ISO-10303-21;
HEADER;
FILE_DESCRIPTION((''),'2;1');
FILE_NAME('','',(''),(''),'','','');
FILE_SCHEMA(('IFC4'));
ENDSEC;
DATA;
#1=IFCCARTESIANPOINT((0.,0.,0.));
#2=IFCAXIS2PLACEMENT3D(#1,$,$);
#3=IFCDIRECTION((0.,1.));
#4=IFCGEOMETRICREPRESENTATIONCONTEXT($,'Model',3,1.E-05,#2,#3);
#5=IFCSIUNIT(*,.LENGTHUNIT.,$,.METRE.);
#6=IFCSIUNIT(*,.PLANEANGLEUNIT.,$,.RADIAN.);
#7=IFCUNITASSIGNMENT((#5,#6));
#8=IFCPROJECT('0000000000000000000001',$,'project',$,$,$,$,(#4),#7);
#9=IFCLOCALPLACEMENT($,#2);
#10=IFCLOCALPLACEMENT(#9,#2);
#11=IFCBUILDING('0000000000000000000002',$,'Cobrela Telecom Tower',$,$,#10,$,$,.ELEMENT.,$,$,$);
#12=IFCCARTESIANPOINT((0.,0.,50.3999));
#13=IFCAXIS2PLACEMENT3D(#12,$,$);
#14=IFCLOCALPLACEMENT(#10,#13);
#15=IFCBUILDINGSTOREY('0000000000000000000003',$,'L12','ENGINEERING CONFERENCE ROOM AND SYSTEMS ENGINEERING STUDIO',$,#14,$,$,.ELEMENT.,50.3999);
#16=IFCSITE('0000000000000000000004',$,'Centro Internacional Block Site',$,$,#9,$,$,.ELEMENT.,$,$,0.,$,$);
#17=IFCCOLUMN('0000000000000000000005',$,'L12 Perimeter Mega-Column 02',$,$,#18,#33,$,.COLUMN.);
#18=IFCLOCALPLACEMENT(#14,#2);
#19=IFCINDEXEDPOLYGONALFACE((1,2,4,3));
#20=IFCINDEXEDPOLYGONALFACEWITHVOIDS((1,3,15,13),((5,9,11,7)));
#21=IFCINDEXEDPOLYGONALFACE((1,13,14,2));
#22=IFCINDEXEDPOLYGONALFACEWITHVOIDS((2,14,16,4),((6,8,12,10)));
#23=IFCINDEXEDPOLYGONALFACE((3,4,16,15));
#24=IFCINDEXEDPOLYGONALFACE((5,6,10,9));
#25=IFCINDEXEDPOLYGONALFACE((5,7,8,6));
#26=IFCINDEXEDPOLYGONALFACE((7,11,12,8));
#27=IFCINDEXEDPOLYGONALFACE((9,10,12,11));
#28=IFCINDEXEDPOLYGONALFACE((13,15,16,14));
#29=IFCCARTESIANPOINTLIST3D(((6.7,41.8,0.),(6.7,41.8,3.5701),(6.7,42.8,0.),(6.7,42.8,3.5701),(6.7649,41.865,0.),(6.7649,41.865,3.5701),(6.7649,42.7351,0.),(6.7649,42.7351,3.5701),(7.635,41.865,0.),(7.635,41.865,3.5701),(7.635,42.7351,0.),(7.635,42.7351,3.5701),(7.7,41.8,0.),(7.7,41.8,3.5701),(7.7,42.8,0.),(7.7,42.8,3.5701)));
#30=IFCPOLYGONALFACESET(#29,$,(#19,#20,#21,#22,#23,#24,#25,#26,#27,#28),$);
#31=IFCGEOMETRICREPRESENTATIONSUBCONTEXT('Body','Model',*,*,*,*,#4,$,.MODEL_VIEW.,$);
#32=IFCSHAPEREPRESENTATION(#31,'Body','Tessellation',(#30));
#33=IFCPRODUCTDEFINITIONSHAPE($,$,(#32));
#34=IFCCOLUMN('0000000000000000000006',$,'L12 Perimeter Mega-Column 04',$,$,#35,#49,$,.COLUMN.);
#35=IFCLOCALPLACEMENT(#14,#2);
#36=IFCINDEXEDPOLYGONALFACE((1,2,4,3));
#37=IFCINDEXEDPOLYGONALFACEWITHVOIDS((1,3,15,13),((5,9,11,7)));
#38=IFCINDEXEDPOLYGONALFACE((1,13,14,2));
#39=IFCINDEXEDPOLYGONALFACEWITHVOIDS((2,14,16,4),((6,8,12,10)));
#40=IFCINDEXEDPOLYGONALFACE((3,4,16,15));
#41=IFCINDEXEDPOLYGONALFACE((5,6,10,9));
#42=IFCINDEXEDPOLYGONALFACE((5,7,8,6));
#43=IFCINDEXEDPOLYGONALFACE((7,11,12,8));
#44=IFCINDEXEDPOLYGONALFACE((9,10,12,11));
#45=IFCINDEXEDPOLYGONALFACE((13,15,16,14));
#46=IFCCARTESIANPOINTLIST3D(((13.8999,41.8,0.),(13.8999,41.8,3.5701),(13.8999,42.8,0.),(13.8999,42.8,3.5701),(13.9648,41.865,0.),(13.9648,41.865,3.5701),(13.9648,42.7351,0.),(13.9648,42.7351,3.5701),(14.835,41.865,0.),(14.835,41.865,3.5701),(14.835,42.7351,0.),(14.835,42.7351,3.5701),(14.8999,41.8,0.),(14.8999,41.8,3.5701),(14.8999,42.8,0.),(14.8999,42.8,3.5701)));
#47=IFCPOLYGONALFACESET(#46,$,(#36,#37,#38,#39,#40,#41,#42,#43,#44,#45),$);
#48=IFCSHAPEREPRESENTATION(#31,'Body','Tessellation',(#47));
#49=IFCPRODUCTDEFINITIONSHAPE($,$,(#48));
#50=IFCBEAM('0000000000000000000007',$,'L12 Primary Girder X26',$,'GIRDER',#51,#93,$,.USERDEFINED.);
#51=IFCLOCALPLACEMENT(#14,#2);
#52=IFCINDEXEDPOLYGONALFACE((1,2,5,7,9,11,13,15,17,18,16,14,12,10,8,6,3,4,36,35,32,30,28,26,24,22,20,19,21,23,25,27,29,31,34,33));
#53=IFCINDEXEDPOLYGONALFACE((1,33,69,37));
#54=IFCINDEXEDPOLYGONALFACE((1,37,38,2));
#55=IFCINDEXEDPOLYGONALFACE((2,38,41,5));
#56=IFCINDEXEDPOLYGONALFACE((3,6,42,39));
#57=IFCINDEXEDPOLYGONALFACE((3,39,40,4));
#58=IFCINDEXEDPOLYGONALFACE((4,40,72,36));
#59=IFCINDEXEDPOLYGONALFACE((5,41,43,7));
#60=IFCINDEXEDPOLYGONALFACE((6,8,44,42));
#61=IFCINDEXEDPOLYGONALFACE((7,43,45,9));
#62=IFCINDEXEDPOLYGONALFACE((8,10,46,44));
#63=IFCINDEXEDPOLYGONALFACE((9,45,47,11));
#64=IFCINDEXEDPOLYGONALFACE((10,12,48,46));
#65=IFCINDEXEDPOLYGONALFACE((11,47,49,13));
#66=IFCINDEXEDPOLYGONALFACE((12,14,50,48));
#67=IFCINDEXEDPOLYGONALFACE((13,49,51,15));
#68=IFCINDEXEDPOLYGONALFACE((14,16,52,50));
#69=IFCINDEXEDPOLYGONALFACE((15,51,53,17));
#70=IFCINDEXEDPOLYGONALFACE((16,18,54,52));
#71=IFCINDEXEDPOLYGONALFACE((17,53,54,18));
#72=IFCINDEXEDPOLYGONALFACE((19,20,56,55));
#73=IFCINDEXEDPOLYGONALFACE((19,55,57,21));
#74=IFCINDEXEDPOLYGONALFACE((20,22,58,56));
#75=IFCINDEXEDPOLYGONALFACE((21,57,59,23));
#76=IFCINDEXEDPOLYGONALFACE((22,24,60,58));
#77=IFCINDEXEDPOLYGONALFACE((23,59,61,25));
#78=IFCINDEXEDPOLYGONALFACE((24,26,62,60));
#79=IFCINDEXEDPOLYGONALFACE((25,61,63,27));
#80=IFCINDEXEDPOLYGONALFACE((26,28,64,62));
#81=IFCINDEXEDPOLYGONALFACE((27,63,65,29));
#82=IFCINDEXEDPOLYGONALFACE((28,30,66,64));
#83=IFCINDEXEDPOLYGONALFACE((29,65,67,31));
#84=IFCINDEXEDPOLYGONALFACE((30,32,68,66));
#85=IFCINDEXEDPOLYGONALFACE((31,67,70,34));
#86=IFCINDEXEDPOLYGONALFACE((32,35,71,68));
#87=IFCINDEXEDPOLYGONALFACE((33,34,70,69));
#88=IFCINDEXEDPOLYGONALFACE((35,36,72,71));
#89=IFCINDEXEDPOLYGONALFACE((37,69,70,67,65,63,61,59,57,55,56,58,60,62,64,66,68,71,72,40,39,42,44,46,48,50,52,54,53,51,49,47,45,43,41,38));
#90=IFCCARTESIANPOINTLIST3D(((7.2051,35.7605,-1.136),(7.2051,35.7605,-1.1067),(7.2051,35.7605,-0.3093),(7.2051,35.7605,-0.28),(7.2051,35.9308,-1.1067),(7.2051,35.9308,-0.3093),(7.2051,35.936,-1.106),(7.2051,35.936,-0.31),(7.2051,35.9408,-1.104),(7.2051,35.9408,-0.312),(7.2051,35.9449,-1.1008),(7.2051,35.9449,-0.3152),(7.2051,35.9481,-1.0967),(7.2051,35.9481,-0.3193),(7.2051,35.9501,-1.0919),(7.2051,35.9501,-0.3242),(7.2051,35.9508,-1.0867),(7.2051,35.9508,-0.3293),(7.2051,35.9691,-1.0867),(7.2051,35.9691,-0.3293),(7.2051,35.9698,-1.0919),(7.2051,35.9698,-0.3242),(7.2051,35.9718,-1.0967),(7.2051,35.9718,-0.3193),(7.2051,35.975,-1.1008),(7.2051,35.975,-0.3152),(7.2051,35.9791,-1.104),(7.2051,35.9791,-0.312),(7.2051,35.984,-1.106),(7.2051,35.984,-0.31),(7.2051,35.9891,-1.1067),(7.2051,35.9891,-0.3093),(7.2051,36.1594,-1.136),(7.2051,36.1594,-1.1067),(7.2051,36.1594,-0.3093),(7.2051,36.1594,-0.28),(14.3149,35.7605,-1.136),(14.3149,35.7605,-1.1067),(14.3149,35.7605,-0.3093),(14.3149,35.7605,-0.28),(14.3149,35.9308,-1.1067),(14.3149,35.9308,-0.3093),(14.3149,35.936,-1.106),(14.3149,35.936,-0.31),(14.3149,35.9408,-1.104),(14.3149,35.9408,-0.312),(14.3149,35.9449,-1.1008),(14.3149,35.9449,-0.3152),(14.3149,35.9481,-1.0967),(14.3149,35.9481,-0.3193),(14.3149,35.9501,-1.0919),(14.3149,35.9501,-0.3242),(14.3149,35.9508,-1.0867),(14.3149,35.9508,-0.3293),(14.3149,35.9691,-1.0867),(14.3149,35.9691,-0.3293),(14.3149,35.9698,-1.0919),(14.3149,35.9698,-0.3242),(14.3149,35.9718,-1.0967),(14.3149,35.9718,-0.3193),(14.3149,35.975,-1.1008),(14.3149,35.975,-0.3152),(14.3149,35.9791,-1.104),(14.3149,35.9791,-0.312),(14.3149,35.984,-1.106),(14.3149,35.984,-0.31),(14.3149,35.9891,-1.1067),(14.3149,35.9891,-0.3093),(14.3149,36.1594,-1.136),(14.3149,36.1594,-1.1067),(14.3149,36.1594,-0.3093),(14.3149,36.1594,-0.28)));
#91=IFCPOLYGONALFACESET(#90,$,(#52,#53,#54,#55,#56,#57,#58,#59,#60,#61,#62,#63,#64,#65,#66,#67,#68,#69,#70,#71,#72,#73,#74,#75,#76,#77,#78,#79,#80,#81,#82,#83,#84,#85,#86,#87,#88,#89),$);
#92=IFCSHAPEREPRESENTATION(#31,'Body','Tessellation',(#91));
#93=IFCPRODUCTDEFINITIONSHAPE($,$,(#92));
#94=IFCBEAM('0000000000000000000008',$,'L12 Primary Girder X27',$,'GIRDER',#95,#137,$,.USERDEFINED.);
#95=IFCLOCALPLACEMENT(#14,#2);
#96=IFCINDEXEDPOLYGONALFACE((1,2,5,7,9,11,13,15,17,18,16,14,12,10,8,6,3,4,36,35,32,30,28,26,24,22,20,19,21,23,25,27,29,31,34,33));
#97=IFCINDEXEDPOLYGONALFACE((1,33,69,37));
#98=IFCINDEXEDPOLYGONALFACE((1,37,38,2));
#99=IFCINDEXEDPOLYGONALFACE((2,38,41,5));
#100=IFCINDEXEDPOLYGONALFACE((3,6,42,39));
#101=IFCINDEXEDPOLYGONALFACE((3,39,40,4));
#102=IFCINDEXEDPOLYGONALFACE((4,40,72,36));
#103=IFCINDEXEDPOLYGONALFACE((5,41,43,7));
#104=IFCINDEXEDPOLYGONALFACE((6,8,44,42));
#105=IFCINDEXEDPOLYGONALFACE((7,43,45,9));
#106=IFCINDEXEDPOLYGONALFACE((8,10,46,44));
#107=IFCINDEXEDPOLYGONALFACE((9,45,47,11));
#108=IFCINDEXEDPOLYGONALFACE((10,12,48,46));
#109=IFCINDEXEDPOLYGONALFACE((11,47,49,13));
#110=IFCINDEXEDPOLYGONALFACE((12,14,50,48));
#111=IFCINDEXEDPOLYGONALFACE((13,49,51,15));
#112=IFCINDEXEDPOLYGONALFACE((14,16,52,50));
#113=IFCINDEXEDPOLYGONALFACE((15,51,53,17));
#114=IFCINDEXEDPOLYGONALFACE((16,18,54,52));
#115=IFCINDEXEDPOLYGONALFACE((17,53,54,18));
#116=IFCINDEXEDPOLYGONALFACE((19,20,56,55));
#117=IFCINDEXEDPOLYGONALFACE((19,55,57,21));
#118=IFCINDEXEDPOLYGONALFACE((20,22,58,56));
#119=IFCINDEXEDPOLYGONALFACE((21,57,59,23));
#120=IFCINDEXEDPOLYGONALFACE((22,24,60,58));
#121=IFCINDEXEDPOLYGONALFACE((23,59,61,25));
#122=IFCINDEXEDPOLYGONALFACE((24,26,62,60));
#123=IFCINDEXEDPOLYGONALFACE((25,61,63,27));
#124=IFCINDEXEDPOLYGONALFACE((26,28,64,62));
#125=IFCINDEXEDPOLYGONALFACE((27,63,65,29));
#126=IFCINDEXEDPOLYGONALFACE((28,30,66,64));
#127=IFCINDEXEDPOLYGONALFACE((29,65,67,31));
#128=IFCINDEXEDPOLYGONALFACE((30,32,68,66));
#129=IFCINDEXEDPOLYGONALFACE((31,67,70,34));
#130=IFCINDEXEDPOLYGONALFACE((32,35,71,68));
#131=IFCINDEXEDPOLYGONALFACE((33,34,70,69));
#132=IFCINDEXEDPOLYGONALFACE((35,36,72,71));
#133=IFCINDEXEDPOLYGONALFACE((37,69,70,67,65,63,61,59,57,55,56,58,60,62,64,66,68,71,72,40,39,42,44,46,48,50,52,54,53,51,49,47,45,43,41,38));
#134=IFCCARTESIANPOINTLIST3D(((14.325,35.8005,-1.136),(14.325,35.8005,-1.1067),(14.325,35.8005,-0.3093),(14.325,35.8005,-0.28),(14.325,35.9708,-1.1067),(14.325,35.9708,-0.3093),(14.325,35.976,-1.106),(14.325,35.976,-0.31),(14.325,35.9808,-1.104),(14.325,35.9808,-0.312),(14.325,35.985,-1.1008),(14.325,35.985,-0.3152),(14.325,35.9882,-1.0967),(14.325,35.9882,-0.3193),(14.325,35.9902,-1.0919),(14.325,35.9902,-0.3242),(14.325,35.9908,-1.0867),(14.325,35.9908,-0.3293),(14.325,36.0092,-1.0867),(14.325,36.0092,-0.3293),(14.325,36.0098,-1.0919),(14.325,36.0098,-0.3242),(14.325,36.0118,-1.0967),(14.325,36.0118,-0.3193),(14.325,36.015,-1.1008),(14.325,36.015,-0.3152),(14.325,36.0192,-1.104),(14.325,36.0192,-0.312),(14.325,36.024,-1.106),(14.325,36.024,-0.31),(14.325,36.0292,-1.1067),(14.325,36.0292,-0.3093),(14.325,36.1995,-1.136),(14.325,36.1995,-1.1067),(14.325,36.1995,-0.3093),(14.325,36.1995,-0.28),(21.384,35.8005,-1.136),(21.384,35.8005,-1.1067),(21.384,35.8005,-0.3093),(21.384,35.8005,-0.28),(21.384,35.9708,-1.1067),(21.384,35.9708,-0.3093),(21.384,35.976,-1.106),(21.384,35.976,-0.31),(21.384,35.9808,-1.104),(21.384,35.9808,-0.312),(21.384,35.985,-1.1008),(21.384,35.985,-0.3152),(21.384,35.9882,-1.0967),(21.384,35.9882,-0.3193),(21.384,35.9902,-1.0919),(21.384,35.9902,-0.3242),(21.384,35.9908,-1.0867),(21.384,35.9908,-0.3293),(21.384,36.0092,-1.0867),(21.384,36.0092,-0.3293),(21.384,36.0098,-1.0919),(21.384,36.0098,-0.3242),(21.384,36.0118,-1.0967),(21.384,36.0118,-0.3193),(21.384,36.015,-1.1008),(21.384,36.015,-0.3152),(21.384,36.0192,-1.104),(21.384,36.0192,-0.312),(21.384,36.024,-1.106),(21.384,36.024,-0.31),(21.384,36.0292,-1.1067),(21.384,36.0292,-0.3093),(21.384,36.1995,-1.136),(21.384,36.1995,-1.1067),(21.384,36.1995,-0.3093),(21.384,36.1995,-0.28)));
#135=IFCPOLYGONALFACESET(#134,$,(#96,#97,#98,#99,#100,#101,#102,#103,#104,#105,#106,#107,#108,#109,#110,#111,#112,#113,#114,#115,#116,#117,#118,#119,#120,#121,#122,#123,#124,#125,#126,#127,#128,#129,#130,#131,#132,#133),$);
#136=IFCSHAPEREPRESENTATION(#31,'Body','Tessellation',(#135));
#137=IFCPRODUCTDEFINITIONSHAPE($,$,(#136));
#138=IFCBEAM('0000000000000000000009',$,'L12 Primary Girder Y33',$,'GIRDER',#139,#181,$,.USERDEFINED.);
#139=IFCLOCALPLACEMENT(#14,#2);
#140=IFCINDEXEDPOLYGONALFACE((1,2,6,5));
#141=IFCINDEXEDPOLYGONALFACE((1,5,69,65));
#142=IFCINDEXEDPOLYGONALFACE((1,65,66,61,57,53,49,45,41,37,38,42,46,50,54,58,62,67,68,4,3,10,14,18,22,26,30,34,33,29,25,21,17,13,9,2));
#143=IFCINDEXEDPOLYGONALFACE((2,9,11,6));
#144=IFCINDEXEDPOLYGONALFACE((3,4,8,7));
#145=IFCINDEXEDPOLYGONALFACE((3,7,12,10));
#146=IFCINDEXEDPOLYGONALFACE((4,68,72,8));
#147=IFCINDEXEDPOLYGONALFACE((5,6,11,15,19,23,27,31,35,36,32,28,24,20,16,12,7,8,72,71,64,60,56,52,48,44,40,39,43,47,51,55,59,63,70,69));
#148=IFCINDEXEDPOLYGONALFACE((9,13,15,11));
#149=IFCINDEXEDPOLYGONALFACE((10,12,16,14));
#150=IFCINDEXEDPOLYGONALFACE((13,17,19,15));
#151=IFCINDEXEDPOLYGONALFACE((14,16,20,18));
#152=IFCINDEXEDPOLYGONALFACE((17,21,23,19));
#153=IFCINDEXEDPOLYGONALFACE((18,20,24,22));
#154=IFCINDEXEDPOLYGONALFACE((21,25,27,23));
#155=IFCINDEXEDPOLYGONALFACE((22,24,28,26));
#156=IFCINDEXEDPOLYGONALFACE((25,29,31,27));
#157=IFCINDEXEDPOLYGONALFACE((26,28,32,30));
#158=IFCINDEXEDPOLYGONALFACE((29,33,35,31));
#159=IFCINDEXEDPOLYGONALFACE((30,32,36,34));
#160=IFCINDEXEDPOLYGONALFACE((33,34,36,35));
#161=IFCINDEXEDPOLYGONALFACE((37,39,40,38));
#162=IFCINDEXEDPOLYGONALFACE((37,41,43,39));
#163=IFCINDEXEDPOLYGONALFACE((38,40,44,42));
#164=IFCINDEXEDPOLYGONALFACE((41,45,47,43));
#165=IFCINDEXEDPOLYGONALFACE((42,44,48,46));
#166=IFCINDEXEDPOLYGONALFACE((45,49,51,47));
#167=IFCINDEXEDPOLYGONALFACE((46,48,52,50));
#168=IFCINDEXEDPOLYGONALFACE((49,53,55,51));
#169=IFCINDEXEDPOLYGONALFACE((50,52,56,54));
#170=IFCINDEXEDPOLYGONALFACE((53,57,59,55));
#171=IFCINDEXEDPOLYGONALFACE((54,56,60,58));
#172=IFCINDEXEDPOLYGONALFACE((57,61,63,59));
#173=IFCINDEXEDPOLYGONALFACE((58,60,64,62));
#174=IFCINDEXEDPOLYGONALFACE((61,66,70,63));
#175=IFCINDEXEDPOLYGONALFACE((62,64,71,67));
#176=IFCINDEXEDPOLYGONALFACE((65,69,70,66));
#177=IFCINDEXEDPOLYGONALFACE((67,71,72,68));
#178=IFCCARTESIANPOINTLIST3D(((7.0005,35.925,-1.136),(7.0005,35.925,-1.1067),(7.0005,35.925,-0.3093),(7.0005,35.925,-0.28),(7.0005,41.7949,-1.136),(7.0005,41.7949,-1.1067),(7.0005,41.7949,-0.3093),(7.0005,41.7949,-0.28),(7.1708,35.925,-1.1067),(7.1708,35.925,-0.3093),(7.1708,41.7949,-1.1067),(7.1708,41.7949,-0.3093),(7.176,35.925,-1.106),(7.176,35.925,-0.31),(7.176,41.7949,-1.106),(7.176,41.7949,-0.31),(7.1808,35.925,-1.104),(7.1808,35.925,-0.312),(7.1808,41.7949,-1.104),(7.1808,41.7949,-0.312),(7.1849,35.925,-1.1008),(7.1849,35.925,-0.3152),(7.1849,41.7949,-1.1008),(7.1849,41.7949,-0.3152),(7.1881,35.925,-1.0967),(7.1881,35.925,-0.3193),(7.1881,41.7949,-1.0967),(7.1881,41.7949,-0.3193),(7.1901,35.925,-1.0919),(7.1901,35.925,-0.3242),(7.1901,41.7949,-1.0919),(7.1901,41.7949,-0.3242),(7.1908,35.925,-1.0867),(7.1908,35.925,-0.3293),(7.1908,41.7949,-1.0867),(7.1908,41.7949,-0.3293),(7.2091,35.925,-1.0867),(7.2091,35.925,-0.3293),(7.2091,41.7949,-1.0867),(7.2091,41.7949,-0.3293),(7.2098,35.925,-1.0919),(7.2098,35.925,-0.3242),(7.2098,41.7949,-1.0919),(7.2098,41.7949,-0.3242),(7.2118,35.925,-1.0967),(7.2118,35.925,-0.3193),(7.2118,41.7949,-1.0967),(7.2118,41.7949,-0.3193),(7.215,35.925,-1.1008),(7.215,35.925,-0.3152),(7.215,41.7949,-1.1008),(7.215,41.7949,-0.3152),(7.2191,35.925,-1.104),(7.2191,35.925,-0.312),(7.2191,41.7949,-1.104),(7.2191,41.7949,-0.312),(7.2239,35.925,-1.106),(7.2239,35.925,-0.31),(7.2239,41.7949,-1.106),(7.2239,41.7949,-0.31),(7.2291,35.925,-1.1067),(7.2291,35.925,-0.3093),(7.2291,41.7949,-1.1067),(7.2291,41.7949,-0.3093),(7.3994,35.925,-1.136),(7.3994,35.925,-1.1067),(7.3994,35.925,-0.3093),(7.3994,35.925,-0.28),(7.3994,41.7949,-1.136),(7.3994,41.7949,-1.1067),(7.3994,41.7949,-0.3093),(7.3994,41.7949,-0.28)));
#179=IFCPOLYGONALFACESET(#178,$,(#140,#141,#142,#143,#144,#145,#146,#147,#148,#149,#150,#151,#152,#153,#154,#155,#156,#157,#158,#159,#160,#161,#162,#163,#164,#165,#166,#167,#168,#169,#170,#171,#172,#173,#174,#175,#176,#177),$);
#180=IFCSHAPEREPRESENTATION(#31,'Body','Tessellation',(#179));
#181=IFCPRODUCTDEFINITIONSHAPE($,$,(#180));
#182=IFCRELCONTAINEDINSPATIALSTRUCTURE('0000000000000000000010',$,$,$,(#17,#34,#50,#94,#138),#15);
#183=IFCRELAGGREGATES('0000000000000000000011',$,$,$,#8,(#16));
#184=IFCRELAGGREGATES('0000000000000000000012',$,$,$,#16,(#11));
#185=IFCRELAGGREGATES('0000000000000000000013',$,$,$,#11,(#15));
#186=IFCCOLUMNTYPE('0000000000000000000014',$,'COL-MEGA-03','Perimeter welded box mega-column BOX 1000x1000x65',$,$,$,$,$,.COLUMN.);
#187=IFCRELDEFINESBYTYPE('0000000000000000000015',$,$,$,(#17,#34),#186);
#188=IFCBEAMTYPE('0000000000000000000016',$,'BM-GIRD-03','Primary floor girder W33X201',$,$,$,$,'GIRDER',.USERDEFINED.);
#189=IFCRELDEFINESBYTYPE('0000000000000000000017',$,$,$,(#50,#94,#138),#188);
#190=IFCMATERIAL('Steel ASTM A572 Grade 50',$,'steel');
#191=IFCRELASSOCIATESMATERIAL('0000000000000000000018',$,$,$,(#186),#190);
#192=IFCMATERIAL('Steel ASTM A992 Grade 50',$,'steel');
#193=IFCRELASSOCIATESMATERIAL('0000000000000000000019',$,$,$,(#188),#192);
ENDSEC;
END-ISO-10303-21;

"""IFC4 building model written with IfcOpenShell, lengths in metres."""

from ifc_helpers import new_model, si_unit, direction, frame, origin, origin_2d, place, context, subcontext, project, spatial, hollow_rectangle, i_section, extrude, material, material_profile, profile_set, type_object, element, save


model = new_model("IFC4")

# Units and contexts
model_context = context("Model", 3, precision=1e-05, world=origin(), true_north=direction((0.0, 1.0)))
body_context = subcontext(model_context, "Body", "Model", "MODEL_VIEW")
ifc_project = project(units=[si_unit("LENGTHUNIT", "METRE"), si_unit("PLANEANGLEUNIT", "RADIAN")], contexts=[model_context])

# Site, building, storey
site_placement = place(None, origin())
site = spatial("IfcSite", under=ifc_project, at=site_placement, Name="Centro Internacional Block Site", CompositionType="ELEMENT", RefElevation=0.0)
building_placement = place(site_placement, origin())
building = spatial("IfcBuilding", under=site, at=building_placement, Name="Cobrela Telecom Tower", CompositionType="ELEMENT")
storey_placement = place(building_placement, frame((0.0, 0.0, 50.3999)))
storey = spatial("IfcBuildingStorey", under=building, at=storey_placement, Name="L12", Description="ENGINEERING CONFERENCE ROOM AND SYSTEMS ENGINEERING STUDIO", CompositionType="ELEMENT", Elevation=50.3999)

# Columns
ifc_material_1 = material(Name="Steel ASTM A572 Grade 50", Category="steel")
ifc_material_profile_1 = material_profile(ifc_material_1, hollow_rectangle(XDim=1.0, YDim=1.0, WallThickness=0.0649, at=origin_2d()), Name="BOX 1000x1000x65")
ifc_profile_set_1 = profile_set([ifc_material_profile_1], Name="Steel ASTM A572 Grade 50")
column_type = type_object("IfcColumnType", Name="COL-MEGA-03", Description="Perimeter welded box mega-column BOX 1000x1000x65", PredefinedType="COLUMN", material=ifc_profile_set_1)
for number, where, z_axis, x_axis, name in (
    (1, (7.2, 42.3, 0.0), (0.0, 0.0, 1.0), (1.0, 0.0, 0.0), "L12 Perimeter Mega-Column 02"),
    (2, (14.3999, 42.3, 0.0), (0.0, 0.0, 1.0), (1.0, 0.0, 0.0), "L12 Perimeter Mega-Column 04"),
):
    element("IfcColumn", number, at=place(storey_placement, frame(where, z_axis=z_axis, x_axis=x_axis)), inside=storey, type_object=column_type, Name=name, PredefinedType="COLUMN", context=body_context, shape_type="SweptSolid", body=[
        extrude(hollow_rectangle(XDim=1.0, YDim=1.0, WallThickness=0.0649, at=origin_2d()), origin(), (0.0, 0.0, 1.0), 3.5701),
    ])

# Beams
ifc_material_2 = material(Name="Steel ASTM A992 Grade 50", Category="steel")
ifc_material_profile_2 = material_profile(ifc_material_2, i_section(OverallWidth=0.3989, OverallDepth=0.856, WebThickness=0.0183, FlangeThickness=0.0293, FilletRadius=0.02, at=origin_2d()), Name="W33X201")
ifc_profile_set_2 = profile_set([ifc_material_profile_2], Name="Steel ASTM A992 Grade 50")
beam_type_1 = type_object("IfcBeamType", Name="BM-GIRD-03", Description="Primary floor girder W33X201", ElementType="GIRDER", PredefinedType="USERDEFINED", material=ifc_profile_set_2)
beam_1_placement = place(storey_placement, frame((7.2051, 35.96, -0.708), z_axis=(1.0, 0.0, 0.0), x_axis=(0.0, 1.0, 0.0)))
element("IfcBeam", 3, at=beam_1_placement, inside=storey, type_object=beam_type_1, Name="L12 Primary Girder X26", ObjectType="GIRDER", PredefinedType="USERDEFINED", context=body_context, shape_type="SweptSolid", body=[
    extrude(i_section(OverallWidth=0.3989, OverallDepth=0.856, WebThickness=0.0183, FlangeThickness=0.0293, FilletRadius=0.02, at=origin_2d()), origin(), (0.0, 0.0, 1.0), 7.1099),
])
beam_2_placement = place(storey_placement, frame((14.325, 36.0, -0.708), z_axis=(1.0, 0.0, 0.0), x_axis=(0.0, 1.0, 0.0)))
element("IfcBeam", 4, at=beam_2_placement, inside=storey, type_object=beam_type_1, Name="L12 Primary Girder X27", ObjectType="GIRDER", PredefinedType="USERDEFINED", context=body_context, shape_type="SweptSolid", body=[
    extrude(i_section(OverallWidth=0.3989, OverallDepth=0.856, WebThickness=0.0183, FlangeThickness=0.0293, FilletRadius=0.02, at=origin_2d()), origin(), (0.0, 0.0, 1.0), 7.0591),
])
for number, where, z_axis, x_axis, name in (
    (5, (7.2, 35.925, -0.708), (0.0, 1.0, 0.0), (-1.0, 0.0, 0.0), "L12 Primary Girder Y33"),
):
    element("IfcBeam", number, at=place(storey_placement, frame(where, z_axis=z_axis, x_axis=x_axis)), inside=storey, type_object=beam_type_1, Name=name, ObjectType="GIRDER", PredefinedType="USERDEFINED", context=body_context, shape_type="SweptSolid", body=[
        extrude(i_section(OverallWidth=0.3989, OverallDepth=0.856, WebThickness=0.0183, FlangeThickness=0.0293, FilletRadius=0.02, at=origin_2d()), origin(), (0.0, 0.0, 1.0), 5.8699),
    ])

save(model, "model.ifc")
